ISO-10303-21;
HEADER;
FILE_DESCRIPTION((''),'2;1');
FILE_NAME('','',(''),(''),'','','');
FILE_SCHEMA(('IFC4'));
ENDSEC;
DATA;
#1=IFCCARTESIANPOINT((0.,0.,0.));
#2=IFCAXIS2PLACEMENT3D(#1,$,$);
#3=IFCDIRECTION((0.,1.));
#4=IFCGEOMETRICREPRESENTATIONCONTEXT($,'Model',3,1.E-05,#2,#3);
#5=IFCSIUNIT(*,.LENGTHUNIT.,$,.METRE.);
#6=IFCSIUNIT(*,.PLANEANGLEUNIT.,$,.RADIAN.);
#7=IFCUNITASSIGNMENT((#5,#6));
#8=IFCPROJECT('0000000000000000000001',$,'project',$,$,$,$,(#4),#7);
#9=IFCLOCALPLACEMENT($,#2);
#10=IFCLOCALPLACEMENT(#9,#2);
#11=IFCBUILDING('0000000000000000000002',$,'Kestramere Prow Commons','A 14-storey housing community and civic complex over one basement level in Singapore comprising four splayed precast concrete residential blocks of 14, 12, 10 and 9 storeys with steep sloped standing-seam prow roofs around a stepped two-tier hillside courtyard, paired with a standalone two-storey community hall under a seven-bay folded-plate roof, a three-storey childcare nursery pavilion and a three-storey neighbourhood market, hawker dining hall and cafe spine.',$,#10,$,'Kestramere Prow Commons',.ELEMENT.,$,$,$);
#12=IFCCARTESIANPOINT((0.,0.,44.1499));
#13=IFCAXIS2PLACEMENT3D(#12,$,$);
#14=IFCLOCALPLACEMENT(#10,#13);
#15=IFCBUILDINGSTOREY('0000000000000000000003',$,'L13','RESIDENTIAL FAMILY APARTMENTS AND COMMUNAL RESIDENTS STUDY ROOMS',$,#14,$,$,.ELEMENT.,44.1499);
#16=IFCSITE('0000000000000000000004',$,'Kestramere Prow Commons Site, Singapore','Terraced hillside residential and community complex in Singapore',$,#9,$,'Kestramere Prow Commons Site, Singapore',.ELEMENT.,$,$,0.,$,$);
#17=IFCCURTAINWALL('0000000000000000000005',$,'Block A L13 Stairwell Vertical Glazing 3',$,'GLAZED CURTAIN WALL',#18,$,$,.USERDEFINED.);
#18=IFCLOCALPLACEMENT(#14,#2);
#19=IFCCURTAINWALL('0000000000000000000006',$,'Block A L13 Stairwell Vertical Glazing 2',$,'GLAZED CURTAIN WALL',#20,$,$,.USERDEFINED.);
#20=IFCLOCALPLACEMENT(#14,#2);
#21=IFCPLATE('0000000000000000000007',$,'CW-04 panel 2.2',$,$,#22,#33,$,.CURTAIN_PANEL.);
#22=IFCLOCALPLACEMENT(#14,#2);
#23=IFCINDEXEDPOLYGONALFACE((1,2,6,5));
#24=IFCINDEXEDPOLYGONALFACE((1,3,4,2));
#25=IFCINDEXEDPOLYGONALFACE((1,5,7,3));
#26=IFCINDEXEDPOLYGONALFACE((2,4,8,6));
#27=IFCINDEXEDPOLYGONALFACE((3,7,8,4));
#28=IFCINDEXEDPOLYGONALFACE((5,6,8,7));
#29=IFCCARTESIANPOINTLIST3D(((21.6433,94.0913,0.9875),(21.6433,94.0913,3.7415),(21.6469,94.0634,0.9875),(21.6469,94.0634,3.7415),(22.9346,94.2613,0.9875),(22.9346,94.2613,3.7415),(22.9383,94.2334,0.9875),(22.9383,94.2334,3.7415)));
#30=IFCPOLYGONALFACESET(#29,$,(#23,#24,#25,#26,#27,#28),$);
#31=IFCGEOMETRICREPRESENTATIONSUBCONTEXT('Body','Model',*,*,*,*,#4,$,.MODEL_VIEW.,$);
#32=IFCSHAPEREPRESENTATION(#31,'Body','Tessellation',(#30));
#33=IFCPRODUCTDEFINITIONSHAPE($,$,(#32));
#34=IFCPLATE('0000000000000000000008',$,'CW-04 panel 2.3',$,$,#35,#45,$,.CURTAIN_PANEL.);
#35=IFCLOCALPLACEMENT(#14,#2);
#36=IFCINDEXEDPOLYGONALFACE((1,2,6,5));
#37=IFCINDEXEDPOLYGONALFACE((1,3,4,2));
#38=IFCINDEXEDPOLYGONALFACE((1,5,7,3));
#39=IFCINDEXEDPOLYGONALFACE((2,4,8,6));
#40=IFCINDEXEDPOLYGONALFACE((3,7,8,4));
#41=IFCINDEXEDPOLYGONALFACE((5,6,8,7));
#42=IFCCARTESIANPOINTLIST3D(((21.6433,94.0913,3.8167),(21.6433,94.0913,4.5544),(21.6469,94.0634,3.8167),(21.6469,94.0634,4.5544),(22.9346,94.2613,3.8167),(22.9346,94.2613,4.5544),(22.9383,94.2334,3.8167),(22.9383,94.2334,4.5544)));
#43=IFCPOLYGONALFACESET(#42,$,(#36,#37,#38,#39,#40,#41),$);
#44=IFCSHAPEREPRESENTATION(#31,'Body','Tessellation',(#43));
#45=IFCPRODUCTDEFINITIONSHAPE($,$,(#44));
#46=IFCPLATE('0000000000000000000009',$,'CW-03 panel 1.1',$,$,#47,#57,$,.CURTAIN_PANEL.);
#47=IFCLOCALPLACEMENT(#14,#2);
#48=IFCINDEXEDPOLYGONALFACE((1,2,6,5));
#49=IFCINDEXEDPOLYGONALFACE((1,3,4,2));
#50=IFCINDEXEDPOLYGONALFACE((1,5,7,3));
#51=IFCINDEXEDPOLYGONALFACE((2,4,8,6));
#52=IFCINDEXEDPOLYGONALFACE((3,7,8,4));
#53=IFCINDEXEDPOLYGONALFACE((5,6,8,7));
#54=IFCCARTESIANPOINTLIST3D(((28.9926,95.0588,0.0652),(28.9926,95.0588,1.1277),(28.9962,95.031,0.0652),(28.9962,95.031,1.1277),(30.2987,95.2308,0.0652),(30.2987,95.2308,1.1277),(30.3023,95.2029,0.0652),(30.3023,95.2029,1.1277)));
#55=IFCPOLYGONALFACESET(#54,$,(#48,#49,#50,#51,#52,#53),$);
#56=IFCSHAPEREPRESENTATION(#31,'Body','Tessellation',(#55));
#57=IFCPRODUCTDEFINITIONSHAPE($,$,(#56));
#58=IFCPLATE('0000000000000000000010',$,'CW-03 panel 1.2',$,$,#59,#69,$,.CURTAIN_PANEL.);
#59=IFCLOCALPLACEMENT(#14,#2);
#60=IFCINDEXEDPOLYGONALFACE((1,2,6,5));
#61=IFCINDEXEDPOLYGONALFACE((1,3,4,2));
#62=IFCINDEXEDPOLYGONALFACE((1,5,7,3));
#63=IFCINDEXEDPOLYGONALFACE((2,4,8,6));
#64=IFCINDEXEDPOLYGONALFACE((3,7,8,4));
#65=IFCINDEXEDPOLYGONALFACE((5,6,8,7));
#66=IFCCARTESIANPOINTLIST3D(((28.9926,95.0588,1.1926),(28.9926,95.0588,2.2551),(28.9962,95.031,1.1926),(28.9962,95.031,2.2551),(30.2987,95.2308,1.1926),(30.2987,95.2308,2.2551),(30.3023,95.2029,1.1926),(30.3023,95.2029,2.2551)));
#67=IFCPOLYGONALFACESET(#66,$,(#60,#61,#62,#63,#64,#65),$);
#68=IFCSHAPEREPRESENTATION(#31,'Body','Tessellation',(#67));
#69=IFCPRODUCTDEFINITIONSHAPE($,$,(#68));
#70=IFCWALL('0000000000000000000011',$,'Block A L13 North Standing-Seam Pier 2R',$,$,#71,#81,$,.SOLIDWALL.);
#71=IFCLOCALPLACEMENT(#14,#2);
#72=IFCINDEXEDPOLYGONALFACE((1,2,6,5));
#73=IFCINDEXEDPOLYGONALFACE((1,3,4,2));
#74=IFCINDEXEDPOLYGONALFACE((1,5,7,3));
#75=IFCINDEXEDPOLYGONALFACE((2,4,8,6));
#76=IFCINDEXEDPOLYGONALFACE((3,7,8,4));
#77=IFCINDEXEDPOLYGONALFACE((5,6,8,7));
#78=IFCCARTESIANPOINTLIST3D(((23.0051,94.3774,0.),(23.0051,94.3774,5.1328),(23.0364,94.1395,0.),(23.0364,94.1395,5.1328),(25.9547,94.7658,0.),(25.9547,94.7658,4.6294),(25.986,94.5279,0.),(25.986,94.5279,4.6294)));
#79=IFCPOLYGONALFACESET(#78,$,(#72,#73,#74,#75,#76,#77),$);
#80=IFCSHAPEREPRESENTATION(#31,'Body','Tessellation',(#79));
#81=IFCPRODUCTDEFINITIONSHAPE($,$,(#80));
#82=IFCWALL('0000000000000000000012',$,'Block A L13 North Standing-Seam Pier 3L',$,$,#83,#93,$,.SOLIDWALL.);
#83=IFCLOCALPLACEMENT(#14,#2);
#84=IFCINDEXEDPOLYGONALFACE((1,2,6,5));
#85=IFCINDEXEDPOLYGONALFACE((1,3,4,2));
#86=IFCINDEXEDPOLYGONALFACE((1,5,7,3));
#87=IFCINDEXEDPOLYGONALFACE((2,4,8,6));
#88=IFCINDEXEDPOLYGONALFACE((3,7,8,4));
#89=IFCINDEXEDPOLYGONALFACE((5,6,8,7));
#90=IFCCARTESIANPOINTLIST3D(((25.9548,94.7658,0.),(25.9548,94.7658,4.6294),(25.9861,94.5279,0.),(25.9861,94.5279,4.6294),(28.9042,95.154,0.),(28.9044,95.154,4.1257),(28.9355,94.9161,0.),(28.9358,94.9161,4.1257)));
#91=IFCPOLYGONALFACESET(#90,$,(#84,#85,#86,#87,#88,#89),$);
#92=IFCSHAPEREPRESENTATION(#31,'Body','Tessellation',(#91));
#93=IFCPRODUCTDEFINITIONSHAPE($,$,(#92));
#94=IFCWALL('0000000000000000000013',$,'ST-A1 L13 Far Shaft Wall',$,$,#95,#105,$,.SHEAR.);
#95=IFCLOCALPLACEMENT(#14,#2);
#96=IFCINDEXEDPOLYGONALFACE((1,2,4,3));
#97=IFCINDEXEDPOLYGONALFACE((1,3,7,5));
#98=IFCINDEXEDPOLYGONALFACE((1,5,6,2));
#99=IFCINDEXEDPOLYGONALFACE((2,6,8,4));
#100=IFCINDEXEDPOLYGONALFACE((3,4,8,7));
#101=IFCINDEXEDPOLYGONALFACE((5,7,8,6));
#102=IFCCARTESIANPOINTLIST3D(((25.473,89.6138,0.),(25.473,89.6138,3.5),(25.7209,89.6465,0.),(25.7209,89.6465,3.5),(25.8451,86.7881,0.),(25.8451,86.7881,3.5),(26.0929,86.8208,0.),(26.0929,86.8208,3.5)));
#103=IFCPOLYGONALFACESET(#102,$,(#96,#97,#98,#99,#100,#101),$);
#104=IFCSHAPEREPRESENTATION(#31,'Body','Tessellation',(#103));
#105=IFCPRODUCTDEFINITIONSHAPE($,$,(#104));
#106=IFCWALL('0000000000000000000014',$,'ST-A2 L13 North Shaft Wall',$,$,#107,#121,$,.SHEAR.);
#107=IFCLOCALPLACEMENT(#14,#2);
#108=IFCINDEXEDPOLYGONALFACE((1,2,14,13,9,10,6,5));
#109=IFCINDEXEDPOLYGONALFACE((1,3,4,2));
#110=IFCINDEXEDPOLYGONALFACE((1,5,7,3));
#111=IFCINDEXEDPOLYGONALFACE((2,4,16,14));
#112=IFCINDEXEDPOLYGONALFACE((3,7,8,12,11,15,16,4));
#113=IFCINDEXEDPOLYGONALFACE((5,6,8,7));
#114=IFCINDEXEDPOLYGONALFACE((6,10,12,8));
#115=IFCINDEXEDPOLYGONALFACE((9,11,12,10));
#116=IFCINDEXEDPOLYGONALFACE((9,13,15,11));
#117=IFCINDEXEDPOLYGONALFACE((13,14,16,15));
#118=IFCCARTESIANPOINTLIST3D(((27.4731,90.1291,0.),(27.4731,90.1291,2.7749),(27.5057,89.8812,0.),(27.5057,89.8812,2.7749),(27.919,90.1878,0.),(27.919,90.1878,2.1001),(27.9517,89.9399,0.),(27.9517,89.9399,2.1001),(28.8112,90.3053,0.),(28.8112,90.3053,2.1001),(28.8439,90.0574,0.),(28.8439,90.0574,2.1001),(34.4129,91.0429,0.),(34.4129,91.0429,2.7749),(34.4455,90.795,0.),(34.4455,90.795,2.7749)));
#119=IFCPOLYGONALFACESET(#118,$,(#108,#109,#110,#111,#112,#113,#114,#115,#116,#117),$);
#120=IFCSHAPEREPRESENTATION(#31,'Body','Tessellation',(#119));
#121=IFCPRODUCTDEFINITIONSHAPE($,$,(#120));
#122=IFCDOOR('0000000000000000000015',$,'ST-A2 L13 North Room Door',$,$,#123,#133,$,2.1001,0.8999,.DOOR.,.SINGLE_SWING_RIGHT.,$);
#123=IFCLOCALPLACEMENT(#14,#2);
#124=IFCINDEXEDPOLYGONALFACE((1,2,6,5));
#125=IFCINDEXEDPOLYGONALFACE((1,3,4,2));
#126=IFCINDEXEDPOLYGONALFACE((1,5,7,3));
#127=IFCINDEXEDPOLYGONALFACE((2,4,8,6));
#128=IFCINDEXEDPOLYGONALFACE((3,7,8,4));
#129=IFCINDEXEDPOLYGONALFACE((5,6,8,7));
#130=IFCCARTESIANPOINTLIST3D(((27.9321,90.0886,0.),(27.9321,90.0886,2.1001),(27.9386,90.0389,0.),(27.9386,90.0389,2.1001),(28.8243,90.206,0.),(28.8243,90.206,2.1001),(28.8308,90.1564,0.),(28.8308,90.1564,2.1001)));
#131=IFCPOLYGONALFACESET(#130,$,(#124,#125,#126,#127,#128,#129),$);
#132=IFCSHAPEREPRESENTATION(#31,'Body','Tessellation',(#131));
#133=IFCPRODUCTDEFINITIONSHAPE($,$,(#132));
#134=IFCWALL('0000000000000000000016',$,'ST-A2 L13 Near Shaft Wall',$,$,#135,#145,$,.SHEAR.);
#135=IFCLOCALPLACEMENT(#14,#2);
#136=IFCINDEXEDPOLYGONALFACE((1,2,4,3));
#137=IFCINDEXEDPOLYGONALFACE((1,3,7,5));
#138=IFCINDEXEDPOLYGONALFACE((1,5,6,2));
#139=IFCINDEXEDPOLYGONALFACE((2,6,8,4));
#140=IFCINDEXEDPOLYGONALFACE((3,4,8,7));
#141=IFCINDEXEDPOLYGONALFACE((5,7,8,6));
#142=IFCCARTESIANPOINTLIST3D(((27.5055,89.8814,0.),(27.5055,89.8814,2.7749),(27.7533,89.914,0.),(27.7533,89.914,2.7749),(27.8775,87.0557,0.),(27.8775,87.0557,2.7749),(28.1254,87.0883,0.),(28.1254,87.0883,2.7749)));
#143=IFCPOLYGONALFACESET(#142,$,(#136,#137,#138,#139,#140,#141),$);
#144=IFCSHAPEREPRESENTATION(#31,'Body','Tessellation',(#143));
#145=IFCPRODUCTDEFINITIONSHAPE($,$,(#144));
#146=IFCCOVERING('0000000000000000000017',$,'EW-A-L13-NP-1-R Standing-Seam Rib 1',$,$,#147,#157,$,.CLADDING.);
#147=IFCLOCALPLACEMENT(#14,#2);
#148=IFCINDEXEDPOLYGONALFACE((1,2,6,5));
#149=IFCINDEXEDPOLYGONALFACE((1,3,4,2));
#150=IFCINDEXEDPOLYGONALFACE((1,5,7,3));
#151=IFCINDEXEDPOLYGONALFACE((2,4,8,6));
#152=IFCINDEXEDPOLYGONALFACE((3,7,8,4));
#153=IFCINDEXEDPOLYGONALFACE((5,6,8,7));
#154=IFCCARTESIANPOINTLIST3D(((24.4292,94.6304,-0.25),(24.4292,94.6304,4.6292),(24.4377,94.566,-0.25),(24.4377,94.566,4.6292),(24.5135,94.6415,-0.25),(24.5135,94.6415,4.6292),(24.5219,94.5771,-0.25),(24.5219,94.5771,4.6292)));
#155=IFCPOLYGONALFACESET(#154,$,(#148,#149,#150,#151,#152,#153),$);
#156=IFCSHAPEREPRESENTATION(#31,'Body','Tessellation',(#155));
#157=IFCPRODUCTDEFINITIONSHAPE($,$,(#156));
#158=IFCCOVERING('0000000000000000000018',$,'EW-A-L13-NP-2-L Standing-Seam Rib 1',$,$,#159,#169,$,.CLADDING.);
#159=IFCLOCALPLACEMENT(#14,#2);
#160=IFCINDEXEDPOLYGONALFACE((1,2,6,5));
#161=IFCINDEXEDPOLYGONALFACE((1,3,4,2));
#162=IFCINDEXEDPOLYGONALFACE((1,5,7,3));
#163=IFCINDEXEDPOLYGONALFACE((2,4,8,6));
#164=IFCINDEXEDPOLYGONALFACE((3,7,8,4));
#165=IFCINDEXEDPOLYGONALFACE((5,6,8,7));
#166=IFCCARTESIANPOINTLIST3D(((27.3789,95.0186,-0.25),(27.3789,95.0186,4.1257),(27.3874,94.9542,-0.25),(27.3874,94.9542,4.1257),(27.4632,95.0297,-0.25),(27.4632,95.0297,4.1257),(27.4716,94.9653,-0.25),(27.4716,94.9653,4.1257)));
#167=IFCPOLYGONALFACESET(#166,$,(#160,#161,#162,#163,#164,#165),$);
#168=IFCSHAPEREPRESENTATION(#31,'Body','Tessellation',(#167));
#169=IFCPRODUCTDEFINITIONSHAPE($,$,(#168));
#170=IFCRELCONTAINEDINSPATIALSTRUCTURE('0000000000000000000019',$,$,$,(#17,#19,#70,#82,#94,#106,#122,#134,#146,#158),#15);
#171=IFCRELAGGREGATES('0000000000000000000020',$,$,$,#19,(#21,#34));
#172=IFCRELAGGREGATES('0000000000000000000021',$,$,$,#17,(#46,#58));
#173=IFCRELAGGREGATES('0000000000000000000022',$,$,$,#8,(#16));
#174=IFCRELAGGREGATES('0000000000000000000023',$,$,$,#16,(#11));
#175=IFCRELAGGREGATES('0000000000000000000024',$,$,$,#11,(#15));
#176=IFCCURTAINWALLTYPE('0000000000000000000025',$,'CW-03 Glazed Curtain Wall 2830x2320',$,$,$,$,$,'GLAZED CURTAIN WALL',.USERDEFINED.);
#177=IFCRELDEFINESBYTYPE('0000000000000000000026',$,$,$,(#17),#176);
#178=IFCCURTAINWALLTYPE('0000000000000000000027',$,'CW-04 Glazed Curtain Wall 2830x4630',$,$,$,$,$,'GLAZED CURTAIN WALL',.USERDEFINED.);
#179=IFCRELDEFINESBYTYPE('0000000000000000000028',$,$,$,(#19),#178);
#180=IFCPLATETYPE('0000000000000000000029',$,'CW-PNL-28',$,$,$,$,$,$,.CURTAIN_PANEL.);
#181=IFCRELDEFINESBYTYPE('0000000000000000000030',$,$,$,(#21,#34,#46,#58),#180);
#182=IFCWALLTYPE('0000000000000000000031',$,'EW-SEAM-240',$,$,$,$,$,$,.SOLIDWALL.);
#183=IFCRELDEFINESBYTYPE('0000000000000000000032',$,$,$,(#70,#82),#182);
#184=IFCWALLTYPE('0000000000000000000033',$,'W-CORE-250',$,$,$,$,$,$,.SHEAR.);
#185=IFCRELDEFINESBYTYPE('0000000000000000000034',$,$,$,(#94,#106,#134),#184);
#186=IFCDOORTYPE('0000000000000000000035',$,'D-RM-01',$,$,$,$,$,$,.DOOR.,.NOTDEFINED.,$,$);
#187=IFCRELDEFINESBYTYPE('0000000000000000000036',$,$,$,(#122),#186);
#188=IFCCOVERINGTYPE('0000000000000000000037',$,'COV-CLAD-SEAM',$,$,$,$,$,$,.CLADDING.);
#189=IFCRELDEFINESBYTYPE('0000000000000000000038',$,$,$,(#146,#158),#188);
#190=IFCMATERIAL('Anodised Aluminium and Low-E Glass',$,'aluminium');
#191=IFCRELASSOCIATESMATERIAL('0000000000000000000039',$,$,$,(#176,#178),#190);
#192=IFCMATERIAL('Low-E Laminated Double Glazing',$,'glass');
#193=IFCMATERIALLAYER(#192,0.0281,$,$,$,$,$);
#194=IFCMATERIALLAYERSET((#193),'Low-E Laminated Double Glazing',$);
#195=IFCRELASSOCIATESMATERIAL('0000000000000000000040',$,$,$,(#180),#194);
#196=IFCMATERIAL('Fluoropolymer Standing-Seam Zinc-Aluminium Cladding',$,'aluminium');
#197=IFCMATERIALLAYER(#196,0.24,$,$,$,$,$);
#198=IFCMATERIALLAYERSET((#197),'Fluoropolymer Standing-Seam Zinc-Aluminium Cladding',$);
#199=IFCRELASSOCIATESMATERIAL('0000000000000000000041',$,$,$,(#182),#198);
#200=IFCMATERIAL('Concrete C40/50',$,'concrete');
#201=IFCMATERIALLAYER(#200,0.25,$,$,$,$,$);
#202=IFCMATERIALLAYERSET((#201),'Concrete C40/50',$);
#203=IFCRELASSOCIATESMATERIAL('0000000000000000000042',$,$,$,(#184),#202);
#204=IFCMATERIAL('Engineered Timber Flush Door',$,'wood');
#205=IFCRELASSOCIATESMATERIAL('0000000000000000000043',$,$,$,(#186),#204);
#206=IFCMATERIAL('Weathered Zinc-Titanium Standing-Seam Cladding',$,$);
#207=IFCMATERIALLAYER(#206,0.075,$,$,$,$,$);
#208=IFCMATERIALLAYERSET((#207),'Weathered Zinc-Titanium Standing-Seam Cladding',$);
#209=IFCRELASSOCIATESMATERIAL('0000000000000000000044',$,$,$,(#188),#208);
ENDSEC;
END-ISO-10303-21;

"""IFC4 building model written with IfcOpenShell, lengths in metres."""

from ifc_helpers import new_model, si_unit, direction, frame, frame_2d, origin, origin_2d, place, context, subcontext, project, spatial, polyline, rectangle, outline, extrude, material, layer, layer_set, type_object, element, fill, aggregate, save


model = new_model("IFC4")

# Units and contexts
model_context = context("Model", 3, precision=1e-05, world=origin(), true_north=direction((0.0, 1.0)))
body_context = subcontext(model_context, "Body", "Model", "MODEL_VIEW")
ifc_project = project(units=[si_unit("LENGTHUNIT", "METRE"), si_unit("PLANEANGLEUNIT", "RADIAN")], contexts=[model_context])

# Site, building, storey
site_placement = place(None, origin())
site = spatial("IfcSite", under=ifc_project, at=site_placement, Name="Kestramere Prow Commons Site, Singapore", Description="Terraced hillside residential and community complex in Singapore", LongName="Kestramere Prow Commons Site, Singapore", CompositionType="ELEMENT", RefElevation=0.0)
building_placement = place(site_placement, origin())
building = spatial("IfcBuilding", under=site, at=building_placement, Name="Kestramere Prow Commons", Description="A 14-storey housing community and civic complex over one basement level in Singapore comprising four splayed precast concrete residential blocks of 14, 12, 10 and 9 storeys with steep sloped standing-seam prow roofs around a stepped two-tier hillside courtyard, paired with a standalone two-storey community hall under a seven-bay folded-plate roof, a three-storey childcare nursery pavilion and a three-storey neighbourhood market, hawker dining hall and cafe spine.", LongName="Kestramere Prow Commons", CompositionType="ELEMENT")
storey_placement = place(building_placement, frame((0.0, 0.0, 44.1499)))
storey = spatial("IfcBuildingStorey", under=building, at=storey_placement, Name="L13", Description="RESIDENTIAL FAMILY APARTMENTS AND COMMUNAL RESIDENTS STUDY ROOMS", CompositionType="ELEMENT", Elevation=44.1499)

# Curtain wall
ifc_material_1 = material(Name="Anodised Aluminium and Low-E Glass", Category="aluminium")
curtain_wall_type_1 = type_object("IfcCurtainWallType", Name="CW-03 Glazed Curtain Wall 2830x2320", ElementType="GLAZED CURTAIN WALL", PredefinedType="USERDEFINED", material=ifc_material_1)
curtain_wall_1_placement = place(storey_placement, origin())
curtain_wall_1 = element("IfcCurtainWall", 1, at=curtain_wall_1_placement, inside=storey, type_object=curtain_wall_type_1, Name="Block A L13 Stairwell Vertical Glazing 3", ObjectType="GLAZED CURTAIN WALL", PredefinedType="USERDEFINED")

# Curtain wall
curtain_wall_type_2 = type_object("IfcCurtainWallType", Name="CW-04 Glazed Curtain Wall 2830x4630", ElementType="GLAZED CURTAIN WALL", PredefinedType="USERDEFINED", material=ifc_material_1)
curtain_wall_2_placement = place(storey_placement, origin())
curtain_wall_2 = element("IfcCurtainWall", 2, at=curtain_wall_2_placement, inside=storey, type_object=curtain_wall_type_2, Name="Block A L13 Stairwell Vertical Glazing 2", ObjectType="GLAZED CURTAIN WALL", PredefinedType="USERDEFINED")

# Plates
ifc_material_2 = material(Name="Low-E Laminated Double Glazing", Category="glass")
ifc_layer_1 = layer(ifc_material_2, 0.0281)
ifc_layer_set_1 = layer_set([ifc_layer_1], Name="Low-E Laminated Double Glazing")
plate_type = type_object("IfcPlateType", Name="CW-PNL-28", PredefinedType="CURTAIN_PANEL", material=ifc_layer_set_1)
plate_1_placement = place(storey_placement, frame((22.2908, 94.1624, 0.9875), z_axis=(0.0, 0.0, 1.0), x_axis=(0.991445, 0.130526, 0.0)))
plate_1 = element("IfcPlate", 3, at=plate_1_placement, type_object=plate_type, Name="CW-04 panel 2.2", PredefinedType="CURTAIN_PANEL", context=body_context, shape_type="SweptSolid", body=[
    extrude(rectangle(XDim=1.3025, YDim=0.0281, at=origin_2d()), origin(), (0.0, 0.0, 1.0), 2.7539),
])
plate_2_placement = place(storey_placement, frame((22.2908, 94.1624, 3.8167), z_axis=(0.0, 0.0, 1.0), x_axis=(0.991445, 0.130526, 0.0)))
plate_2 = element("IfcPlate", 4, at=plate_2_placement, type_object=plate_type, Name="CW-04 panel 2.3", PredefinedType="CURTAIN_PANEL", context=body_context, shape_type="SweptSolid", body=[
    extrude(rectangle(XDim=1.3025, YDim=0.0281, at=origin_2d()), origin(), (0.0, 0.0, 1.0), 0.7378),
])
aggregate(curtain_wall_2, [plate_1, plate_2])
plate_3_placement = place(storey_placement, frame((29.6475, 95.1309, 0.0652), z_axis=(0.0, 0.0, 1.0), x_axis=(0.991445, 0.130526, 0.0)))
plate_3 = element("IfcPlate", 5, at=plate_3_placement, type_object=plate_type, Name="CW-03 panel 1.1", PredefinedType="CURTAIN_PANEL", context=body_context, shape_type="SweptSolid", body=[
    extrude(rectangle(XDim=1.3174, YDim=0.0281, at=origin_2d()), origin(), (0.0, 0.0, 1.0), 1.0625),
])
plate_4_placement = place(storey_placement, frame((29.6475, 95.1309, 1.1926), z_axis=(0.0, 0.0, 1.0), x_axis=(0.991445, 0.130526, 0.0)))
plate_4 = element("IfcPlate", 6, at=plate_4_placement, type_object=plate_type, Name="CW-03 panel 1.2", PredefinedType="CURTAIN_PANEL", context=body_context, shape_type="SweptSolid", body=[
    extrude(rectangle(XDim=1.3174, YDim=0.0281, at=origin_2d()), origin(), (0.0, 0.0, 1.0), 1.0625),
])
aggregate(curtain_wall_1, [plate_3, plate_4])

# Walls
ifc_material_3 = material(Name="Fluoropolymer Standing-Seam Zinc-Aluminium Cladding", Category="aluminium")
ifc_layer_2 = layer(ifc_material_3, 0.24)
ifc_layer_set_2 = layer_set([ifc_layer_2], Name="Fluoropolymer Standing-Seam Zinc-Aluminium Cladding")
wall_type_1 = type_object("IfcWallType", Name="EW-SEAM-240", PredefinedType="SOLIDWALL", material=ifc_layer_set_2)
wall_1_placement = place(storey_placement, frame((23.0208, 94.2583, 0.0), z_axis=(0.0, 0.0, 1.0), x_axis=(0.991441, 0.130556, 0.0)))
element("IfcWall", 7, at=wall_1_placement, inside=storey, type_object=wall_type_1, Name="Block A L13 North Standing-Seam Pier 2R", PredefinedType="SOLIDWALL", context=body_context, shape_type="SweptSolid", body=[
    extrude(outline(polyline([(0.0, 0.0), (2.9751, 0.0), (2.9751, 4.6294), (0.0, 5.1328), (0.0, 0.0)])), frame((0.0, 0.1201, 0.0), z_axis=(0.0, -1.0, 0.0), x_axis=(1.0, 0.0, 0.0)), (0.0, 0.0, 1.0), 0.24),
])
wall_2_placement = place(storey_placement, frame((25.9705, 94.6467, 0.0), z_axis=(0.0, 0.0, 1.0), x_axis=(0.99145, 0.130486, 0.0)))
element("IfcWall", 8, at=wall_2_placement, inside=storey, type_object=wall_type_1, Name="Block A L13 North Standing-Seam Pier 3L", PredefinedType="SOLIDWALL", context=body_context, shape_type="SweptSolid", body=[
    extrude(outline(polyline([(0.0, 0.0), (2.9749, 0.0), (2.9751, 4.1257), (0.0, 4.6294), (0.0, 0.0)])), frame((0.0, 0.1201, 0.0), z_axis=(0.0, -1.0, 0.0), x_axis=(1.0, 0.0, 0.0)), (0.0, 0.0, 1.0), 0.24),
])
ifc_material_4 = material(Name="Concrete C40/50", Category="concrete")
ifc_layer_3 = layer(ifc_material_4, 0.25)
ifc_layer_set_3 = layer_set([ifc_layer_3], Name="Concrete C40/50")
wall_type_2 = type_object("IfcWallType", Name="W-CORE-250", PredefinedType="SHEAR", material=ifc_layer_set_3)
wall_3_placement = place(storey_placement, frame((25.969, 86.8044, 0.0), z_axis=(0.0, 0.0, 1.0), x_axis=(-0.130548, 0.991442, 0.0)))
element("IfcWall", 9, at=wall_3_placement, inside=storey, type_object=wall_type_2, Name="ST-A1 L13 Far Shaft Wall", PredefinedType="SHEAR", context=body_context, shape_type="SweptSolid", body=[
    extrude(rectangle(XDim=2.8501, YDim=0.25, at=frame_2d((1.425, 0.0))), origin(), (0.0, 0.0, 1.0), 3.5),
])

# Wall, opening, door
wall_4_placement = place(storey_placement, frame((27.4893, 90.0051, 0.0), z_axis=(0.0, 0.0, 1.0), x_axis=(0.991442, 0.130548, 0.0)))
wall_4 = element("IfcWall", 10, at=wall_4_placement, inside=storey, type_object=wall_type_2, Name="ST-A2 L13 North Shaft Wall", PredefinedType="SHEAR", context=body_context, shape_type="SweptSolid", body=[
    extrude(rectangle(XDim=6.9998, YDim=0.25, at=frame_2d((3.5, 0.0))), origin(), (0.0, 0.0, 1.0), 2.7749),
])
opening_1_placement = place(wall_4_placement, frame((0.45, 0.0, 0.0)))
opening_1 = element("IfcOpeningElement", 11, at=opening_1_placement, cuts=wall_4, PredefinedType="OPENING", context=body_context, shape_type="SweptSolid", body=[
    extrude(rectangle(XDim=0.8999, YDim=2.1001, at=frame_2d((0.45, 1.05))), frame((0.0, 0.1399, 0.0), z_axis=(0.0, -1.0, 0.0), x_axis=(1.0, 0.0, 0.0)), (0.0, 0.0, 1.0), 0.28),
])
ifc_material_5 = material(Name="Engineered Timber Flush Door", Category="wood")
door_type_1 = type_object("IfcDoorType", Name="D-RM-01", OperationType="NOTDEFINED", PredefinedType="DOOR", material=ifc_material_5)
door_1_placement = place(opening_1_placement, origin())
door_1 = element("IfcDoor", 12, at=door_1_placement, inside=storey, type_object=door_type_1, Name="ST-A2 L13 North Room Door", OperationType="SINGLE_SWING_RIGHT", OverallHeight=2.1001, OverallWidth=0.8999, PredefinedType="DOOR", context=body_context, shape_type="SweptSolid", body=[
    extrude(rectangle(XDim=0.8999, YDim=2.1001, at=frame_2d((0.45, 1.05))), frame((0.0, 0.0249, 0.0), z_axis=(0.0, -1.0, 0.0), x_axis=(1.0, 0.0, 0.0)), (0.0, 0.0, 1.0), 0.05),
])
fill(opening_1, door_1)

# Wall
wall_5_placement = place(storey_placement, frame((28.0015, 87.072, 0.0), z_axis=(0.0, 0.0, 1.0), x_axis=(-0.130548, 0.991442, 0.0)))
element("IfcWall", 13, at=wall_5_placement, inside=storey, type_object=wall_type_2, Name="ST-A2 L13 Near Shaft Wall", PredefinedType="SHEAR", context=body_context, shape_type="SweptSolid", body=[
    extrude(rectangle(XDim=2.8501, YDim=0.25, at=frame_2d((1.425, 0.0))), origin(), (0.0, 0.0, 1.0), 2.7749),
])

# Coverings
ifc_material_6 = material(Name="Weathered Zinc-Titanium Standing-Seam Cladding")
ifc_layer_4 = layer(ifc_material_6, 0.075)
ifc_layer_set_4 = layer_set([ifc_layer_4], Name="Weathered Zinc-Titanium Standing-Seam Cladding")
covering_type = type_object("IfcCoveringType", Name="COV-CLAD-SEAM", PredefinedType="CLADDING", material=ifc_layer_set_4)
covering_1_placement = place(storey_placement, frame((24.4756, 94.6038, -0.25), z_axis=(0.0, 0.0, 1.0), x_axis=(0.991445, 0.130526, 0.0)))
element("IfcCovering", 14, at=covering_1_placement, inside=storey, type_object=covering_type, Name="EW-A-L13-NP-1-R Standing-Seam Rib 1", PredefinedType="CLADDING", context=body_context, shape_type="SweptSolid", body=[
    extrude(rectangle(XDim=0.085, YDim=0.0649, at=origin_2d()), origin(), (0.0, 0.0, 1.0), 4.8792),
])
covering_2_placement = place(storey_placement, frame((27.4253, 94.9919, -0.25), z_axis=(0.0, 0.0, 1.0), x_axis=(0.991445, 0.130526, 0.0)))
element("IfcCovering", 15, at=covering_2_placement, inside=storey, type_object=covering_type, Name="EW-A-L13-NP-2-L Standing-Seam Rib 1", PredefinedType="CLADDING", context=body_context, shape_type="SweptSolid", body=[
    extrude(rectangle(XDim=0.085, YDim=0.0649, at=origin_2d()), origin(), (0.0, 0.0, 1.0), 4.3757),
])

save(model, "model.ifc")
